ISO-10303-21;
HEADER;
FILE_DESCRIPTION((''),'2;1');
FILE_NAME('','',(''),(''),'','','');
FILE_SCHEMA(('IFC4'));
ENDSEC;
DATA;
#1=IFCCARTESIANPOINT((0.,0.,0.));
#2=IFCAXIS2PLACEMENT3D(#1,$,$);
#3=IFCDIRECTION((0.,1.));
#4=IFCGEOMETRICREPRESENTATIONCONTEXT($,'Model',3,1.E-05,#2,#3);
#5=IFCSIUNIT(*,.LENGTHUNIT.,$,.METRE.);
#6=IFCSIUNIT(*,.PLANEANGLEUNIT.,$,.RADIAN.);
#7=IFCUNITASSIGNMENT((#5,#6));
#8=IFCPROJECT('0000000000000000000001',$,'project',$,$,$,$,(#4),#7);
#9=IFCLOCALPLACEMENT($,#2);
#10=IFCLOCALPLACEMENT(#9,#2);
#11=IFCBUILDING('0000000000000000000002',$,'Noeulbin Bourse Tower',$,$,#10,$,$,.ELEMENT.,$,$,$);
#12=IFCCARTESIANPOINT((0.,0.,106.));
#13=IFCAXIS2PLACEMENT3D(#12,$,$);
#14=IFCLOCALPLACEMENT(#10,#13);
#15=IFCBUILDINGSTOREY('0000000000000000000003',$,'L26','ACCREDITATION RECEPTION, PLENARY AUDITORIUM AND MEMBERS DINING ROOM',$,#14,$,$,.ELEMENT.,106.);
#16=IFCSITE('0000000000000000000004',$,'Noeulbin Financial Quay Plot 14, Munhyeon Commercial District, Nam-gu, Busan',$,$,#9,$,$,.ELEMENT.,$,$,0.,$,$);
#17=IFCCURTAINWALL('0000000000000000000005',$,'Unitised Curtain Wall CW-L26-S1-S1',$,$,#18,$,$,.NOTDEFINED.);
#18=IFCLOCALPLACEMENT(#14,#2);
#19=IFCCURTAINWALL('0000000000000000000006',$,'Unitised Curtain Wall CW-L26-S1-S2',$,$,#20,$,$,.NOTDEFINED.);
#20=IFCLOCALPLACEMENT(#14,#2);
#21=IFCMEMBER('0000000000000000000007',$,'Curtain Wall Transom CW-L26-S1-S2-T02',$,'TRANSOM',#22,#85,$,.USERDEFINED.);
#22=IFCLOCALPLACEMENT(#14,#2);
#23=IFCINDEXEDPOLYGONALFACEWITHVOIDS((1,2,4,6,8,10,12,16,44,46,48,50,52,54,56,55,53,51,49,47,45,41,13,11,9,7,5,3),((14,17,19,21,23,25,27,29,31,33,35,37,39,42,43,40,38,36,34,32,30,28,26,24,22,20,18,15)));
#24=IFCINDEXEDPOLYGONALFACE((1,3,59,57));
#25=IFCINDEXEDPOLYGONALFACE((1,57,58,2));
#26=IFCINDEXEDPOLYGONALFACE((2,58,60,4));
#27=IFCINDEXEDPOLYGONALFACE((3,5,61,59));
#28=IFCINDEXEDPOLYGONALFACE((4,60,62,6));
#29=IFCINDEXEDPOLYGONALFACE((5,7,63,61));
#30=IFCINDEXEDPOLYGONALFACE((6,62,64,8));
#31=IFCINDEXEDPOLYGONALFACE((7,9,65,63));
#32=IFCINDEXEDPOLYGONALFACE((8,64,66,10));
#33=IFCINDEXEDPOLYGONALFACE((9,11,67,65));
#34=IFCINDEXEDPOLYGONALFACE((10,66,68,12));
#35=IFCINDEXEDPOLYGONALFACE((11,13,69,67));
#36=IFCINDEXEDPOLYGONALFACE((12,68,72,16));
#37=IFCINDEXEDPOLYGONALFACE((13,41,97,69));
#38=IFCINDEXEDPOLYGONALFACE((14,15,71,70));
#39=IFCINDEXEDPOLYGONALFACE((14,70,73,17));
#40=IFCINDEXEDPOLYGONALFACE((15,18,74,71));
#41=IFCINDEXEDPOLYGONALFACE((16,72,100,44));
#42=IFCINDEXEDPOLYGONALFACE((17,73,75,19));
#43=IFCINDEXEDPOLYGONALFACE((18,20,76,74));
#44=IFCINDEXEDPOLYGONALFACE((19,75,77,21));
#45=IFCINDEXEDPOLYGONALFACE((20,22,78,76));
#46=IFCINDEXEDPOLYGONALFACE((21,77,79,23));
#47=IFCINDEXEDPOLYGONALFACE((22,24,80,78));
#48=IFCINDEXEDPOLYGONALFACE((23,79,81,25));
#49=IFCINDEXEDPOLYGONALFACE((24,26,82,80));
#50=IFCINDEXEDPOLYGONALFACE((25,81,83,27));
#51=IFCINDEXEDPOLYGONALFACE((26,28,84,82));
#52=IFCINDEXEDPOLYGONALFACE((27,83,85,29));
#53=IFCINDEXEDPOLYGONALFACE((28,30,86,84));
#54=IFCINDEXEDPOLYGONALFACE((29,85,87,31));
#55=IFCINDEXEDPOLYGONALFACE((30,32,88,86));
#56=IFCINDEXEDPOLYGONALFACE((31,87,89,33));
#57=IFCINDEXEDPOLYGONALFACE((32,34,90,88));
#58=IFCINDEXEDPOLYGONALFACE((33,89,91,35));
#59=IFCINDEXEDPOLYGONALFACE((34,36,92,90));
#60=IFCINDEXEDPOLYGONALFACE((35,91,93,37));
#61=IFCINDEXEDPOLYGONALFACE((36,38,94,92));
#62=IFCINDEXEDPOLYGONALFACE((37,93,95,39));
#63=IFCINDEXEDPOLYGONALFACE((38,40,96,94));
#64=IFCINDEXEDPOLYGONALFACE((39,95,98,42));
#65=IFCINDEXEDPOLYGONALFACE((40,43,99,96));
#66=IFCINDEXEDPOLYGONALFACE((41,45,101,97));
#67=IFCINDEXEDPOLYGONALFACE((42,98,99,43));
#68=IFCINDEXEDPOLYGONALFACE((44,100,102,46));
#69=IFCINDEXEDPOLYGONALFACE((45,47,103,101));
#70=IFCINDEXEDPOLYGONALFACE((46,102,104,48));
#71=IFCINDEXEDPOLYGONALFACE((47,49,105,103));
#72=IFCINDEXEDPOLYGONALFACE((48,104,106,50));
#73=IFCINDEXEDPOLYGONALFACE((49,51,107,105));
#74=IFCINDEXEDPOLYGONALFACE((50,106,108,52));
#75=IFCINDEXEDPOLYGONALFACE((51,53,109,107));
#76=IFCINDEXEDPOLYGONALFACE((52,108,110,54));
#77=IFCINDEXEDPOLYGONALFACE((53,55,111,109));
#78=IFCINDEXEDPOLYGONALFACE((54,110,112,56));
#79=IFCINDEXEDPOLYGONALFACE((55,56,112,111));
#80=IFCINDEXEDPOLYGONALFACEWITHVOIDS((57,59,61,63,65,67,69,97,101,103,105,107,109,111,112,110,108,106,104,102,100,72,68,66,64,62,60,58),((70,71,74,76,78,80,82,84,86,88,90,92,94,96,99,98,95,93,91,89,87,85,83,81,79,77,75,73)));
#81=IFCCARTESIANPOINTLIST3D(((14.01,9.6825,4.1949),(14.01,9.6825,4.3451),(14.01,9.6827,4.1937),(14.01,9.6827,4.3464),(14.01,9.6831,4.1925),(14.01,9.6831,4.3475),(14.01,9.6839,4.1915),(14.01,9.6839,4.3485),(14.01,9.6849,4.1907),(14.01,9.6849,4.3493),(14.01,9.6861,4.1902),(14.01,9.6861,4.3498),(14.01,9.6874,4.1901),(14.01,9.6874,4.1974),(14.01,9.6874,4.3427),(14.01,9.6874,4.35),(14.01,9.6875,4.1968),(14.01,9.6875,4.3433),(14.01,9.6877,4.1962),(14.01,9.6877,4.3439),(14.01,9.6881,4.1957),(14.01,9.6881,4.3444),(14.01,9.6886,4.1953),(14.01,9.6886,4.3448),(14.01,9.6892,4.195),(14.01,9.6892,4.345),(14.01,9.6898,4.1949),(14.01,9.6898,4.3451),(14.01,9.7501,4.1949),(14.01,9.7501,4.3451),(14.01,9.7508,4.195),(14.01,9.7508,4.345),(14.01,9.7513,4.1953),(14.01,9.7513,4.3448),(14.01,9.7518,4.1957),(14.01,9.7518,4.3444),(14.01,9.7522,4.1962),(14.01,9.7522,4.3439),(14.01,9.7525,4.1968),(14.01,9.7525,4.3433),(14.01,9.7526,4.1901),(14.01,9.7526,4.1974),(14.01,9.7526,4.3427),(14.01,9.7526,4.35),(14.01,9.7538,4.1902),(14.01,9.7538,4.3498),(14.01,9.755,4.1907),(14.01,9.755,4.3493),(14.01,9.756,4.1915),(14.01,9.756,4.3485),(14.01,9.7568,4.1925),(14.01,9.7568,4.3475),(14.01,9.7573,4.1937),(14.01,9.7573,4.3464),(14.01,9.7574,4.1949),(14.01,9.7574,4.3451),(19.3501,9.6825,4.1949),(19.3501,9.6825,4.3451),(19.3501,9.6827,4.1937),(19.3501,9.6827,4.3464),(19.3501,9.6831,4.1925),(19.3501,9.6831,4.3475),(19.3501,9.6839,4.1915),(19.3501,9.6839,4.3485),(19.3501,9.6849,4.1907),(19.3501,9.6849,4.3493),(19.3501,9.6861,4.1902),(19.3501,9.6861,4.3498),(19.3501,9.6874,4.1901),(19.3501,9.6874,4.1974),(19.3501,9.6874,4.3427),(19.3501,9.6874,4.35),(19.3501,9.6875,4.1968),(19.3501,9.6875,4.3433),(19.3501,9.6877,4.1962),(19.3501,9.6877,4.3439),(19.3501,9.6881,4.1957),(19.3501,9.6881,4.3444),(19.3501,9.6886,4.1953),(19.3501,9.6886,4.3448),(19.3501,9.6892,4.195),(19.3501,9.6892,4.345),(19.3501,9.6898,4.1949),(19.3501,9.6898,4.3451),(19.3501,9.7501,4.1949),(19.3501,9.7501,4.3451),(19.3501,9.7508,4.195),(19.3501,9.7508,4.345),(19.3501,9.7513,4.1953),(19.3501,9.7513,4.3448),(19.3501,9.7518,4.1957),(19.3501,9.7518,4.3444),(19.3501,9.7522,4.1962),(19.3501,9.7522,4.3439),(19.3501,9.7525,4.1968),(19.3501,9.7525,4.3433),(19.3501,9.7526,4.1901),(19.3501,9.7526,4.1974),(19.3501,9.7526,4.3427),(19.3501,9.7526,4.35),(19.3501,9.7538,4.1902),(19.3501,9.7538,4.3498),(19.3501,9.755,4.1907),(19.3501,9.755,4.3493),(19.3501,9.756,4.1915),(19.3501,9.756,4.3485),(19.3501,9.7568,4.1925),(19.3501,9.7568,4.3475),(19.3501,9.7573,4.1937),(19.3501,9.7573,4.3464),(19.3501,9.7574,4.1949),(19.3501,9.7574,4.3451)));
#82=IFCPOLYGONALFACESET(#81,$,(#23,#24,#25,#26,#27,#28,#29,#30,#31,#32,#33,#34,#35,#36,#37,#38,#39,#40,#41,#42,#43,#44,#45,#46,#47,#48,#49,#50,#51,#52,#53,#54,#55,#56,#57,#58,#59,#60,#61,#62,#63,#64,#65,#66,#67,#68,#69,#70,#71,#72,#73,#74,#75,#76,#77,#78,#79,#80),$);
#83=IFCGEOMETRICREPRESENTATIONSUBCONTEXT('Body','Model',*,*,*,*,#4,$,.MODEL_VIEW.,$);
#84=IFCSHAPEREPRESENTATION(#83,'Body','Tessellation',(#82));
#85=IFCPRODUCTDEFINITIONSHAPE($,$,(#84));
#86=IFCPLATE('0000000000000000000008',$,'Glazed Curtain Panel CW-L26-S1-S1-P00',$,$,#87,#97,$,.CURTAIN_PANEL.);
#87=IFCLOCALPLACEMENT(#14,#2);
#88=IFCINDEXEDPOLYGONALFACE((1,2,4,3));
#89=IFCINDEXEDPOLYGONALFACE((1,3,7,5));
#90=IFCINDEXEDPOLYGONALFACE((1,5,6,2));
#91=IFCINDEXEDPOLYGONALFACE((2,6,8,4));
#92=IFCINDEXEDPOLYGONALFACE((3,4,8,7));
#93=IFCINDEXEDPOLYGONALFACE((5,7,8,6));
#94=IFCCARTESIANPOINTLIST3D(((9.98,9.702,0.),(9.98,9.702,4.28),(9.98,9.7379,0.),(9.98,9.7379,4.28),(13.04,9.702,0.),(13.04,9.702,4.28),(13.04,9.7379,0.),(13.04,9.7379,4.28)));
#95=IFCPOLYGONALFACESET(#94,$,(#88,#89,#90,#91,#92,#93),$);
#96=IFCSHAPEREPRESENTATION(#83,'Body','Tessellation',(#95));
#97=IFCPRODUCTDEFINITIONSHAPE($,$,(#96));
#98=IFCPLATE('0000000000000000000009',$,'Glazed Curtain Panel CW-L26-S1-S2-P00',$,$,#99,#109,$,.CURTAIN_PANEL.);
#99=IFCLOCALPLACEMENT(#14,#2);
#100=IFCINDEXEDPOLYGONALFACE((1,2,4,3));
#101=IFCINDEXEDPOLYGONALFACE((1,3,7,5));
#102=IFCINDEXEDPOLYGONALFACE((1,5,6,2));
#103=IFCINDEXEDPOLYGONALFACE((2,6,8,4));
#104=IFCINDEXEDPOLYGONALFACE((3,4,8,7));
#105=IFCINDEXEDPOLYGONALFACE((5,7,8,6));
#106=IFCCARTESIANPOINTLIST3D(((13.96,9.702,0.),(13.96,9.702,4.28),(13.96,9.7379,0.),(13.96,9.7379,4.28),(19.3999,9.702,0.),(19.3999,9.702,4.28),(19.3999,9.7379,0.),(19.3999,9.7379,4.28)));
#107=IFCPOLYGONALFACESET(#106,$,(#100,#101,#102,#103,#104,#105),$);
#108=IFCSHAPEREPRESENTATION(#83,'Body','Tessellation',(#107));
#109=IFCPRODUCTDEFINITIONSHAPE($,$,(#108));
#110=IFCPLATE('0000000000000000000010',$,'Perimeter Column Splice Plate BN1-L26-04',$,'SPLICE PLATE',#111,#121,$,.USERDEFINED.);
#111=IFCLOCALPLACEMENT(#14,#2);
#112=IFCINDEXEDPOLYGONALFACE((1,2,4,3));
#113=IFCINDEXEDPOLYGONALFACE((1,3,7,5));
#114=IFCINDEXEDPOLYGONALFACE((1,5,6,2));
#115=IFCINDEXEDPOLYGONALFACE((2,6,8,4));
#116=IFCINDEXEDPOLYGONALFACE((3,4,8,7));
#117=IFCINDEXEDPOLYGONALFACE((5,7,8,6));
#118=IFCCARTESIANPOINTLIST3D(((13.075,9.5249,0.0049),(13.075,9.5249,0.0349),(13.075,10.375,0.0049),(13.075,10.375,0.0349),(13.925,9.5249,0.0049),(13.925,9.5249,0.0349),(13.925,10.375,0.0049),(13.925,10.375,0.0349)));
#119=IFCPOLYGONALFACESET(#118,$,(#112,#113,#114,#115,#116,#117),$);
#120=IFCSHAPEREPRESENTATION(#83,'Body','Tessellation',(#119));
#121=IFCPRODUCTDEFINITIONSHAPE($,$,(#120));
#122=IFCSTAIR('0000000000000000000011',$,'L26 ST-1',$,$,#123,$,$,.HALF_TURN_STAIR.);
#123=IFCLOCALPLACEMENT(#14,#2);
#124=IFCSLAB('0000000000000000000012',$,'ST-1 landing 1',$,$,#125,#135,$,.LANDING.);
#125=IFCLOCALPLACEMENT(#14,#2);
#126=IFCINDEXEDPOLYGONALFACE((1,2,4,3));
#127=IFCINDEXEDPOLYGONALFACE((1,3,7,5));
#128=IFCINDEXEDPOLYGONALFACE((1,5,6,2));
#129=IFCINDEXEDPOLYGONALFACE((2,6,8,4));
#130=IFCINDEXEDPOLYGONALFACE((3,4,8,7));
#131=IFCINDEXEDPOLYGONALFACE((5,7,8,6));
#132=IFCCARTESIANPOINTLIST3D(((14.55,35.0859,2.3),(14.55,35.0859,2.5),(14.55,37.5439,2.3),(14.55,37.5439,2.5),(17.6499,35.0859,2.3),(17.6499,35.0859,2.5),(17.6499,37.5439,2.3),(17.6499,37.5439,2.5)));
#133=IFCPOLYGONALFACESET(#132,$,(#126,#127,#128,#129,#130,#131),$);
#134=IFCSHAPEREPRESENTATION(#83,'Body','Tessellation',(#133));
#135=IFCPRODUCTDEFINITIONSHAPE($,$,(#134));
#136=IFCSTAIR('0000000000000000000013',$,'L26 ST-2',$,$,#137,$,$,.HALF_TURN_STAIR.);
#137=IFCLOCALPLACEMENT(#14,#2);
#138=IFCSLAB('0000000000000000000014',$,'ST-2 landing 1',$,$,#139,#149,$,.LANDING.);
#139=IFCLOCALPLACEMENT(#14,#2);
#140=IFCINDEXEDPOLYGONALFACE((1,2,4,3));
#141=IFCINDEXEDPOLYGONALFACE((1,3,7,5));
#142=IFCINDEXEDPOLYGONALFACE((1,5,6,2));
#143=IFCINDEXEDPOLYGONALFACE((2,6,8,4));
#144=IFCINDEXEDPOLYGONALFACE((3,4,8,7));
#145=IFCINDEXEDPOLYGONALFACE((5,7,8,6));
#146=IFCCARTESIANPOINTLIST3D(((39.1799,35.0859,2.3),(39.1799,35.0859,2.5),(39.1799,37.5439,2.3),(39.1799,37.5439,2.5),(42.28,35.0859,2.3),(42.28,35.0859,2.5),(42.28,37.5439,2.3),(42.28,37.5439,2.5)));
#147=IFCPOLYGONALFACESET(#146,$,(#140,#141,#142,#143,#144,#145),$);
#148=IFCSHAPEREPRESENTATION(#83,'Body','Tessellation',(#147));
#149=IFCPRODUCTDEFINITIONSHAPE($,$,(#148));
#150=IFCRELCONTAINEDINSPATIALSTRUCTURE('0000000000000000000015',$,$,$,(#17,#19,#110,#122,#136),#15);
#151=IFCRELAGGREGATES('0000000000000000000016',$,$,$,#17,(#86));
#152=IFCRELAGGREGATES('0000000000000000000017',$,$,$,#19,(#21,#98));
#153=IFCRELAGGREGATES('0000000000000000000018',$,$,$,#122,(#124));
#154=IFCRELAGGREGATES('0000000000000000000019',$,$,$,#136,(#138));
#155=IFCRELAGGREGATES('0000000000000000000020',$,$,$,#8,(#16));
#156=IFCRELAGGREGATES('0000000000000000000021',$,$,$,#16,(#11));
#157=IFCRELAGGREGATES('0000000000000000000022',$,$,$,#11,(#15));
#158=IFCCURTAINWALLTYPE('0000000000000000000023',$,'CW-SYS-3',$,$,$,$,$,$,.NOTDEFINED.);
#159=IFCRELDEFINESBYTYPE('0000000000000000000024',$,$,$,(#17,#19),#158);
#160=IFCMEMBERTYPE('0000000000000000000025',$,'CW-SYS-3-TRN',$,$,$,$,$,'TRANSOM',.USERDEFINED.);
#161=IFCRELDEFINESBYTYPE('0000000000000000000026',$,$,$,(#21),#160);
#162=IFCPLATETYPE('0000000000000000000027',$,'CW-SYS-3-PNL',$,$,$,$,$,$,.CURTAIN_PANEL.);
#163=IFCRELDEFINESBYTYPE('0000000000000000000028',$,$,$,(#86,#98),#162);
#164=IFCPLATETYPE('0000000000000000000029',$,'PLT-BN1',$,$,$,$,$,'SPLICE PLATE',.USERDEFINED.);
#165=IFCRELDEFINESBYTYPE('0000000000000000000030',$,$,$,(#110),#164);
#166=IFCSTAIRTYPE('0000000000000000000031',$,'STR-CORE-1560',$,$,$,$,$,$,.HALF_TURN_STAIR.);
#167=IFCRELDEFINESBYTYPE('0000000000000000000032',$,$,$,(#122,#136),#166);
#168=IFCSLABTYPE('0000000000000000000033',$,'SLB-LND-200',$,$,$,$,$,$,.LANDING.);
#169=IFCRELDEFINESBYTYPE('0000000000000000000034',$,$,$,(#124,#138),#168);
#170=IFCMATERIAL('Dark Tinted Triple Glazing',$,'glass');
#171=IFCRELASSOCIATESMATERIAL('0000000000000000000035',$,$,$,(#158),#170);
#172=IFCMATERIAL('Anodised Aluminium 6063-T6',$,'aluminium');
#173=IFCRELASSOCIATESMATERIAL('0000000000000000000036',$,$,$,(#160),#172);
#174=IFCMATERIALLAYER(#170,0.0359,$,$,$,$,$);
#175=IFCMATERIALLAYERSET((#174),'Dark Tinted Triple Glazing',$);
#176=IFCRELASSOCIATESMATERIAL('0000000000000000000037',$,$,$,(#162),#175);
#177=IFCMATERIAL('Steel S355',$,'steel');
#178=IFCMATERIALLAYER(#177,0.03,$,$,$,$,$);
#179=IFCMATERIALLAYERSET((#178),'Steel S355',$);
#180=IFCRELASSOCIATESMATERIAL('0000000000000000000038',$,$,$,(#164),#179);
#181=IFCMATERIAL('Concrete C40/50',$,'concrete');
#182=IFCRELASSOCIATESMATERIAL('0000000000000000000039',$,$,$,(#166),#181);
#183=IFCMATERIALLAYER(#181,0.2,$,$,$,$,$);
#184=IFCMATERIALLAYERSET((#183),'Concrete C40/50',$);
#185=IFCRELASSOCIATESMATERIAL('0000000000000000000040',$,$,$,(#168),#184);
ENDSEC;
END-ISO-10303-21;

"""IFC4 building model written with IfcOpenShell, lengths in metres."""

from ifc_helpers import new_model, si_unit, direction, frame, origin, origin_2d, place, context, subcontext, project, spatial, polyline, rectangle, hollow_rectangle, outline, extrude, material, layer, layer_set, material_profile, profile_set, type_object, element, aggregate, save


model = new_model("IFC4")

# Units and contexts
model_context = context("Model", 3, precision=1e-05, world=origin(), true_north=direction((0.0, 1.0)))
body_context = subcontext(model_context, "Body", "Model", "MODEL_VIEW")
ifc_project = project(units=[si_unit("LENGTHUNIT", "METRE"), si_unit("PLANEANGLEUNIT", "RADIAN")], contexts=[model_context])

# Site, building, storey
site_placement = place(None, origin())
site = spatial("IfcSite", under=ifc_project, at=site_placement, Name="Noeulbin Financial Quay Plot 14, Munhyeon Commercial District, Nam-gu, Busan", CompositionType="ELEMENT", RefElevation=0.0)
building_placement = place(site_placement, origin())
building = spatial("IfcBuilding", under=site, at=building_placement, Name="Noeulbin Bourse Tower", CompositionType="ELEMENT")
storey_placement = place(building_placement, frame((0.0, 0.0, 106.0)))
storey = spatial("IfcBuildingStorey", under=building, at=storey_placement, Name="L26", Description="ACCREDITATION RECEPTION, PLENARY AUDITORIUM AND MEMBERS DINING ROOM", CompositionType="ELEMENT", Elevation=106.0)

# Shared definitions
ifc_material_1 = material(Name="Steel S355", Category="steel")

# Curtain wall
ifc_material_2 = material(Name="Dark Tinted Triple Glazing", Category="glass")
curtain_wall_type = type_object("IfcCurtainWallType", Name="CW-SYS-3", PredefinedType="NOTDEFINED", material=ifc_material_2)
curtain_wall_1_placement = place(storey_placement, origin())
curtain_wall_1 = element("IfcCurtainWall", 1, at=curtain_wall_1_placement, inside=storey, type_object=curtain_wall_type, Name="Unitised Curtain Wall CW-L26-S1-S1", PredefinedType="NOTDEFINED")
ifc_material_3 = material(Name="Anodised Aluminium 6063-T6", Category="aluminium")

# Curtain wall
curtain_wall_2_placement = place(storey_placement, origin())
curtain_wall_2 = element("IfcCurtainWall", 2, at=curtain_wall_2_placement, inside=storey, type_object=curtain_wall_type, Name="Unitised Curtain Wall CW-L26-S1-S2", PredefinedType="NOTDEFINED")

# Member
ifc_material_profile_1 = material_profile(ifc_material_3, hollow_rectangle(XDim=0.075, YDim=0.1599, WallThickness=0.0049, InnerFilletRadius=0.0024, OuterFilletRadius=0.0049, at=origin_2d()), Name="ALU-TRAN-75x160x5", Category="LoadBearing")
ifc_profile_set_1 = profile_set([ifc_material_profile_1], Name="Anodised Aluminium 6063-T6")
member_type_1 = type_object("IfcMemberType", Name="CW-SYS-3-TRN", ElementType="TRANSOM", PredefinedType="USERDEFINED", material=ifc_profile_set_1)
member_1_placement = place(storey_placement, frame((14.01, 9.72, 4.27), z_axis=(1.0, 0.0, 0.0), x_axis=(0.0, 1.0, 0.0)))
member_1 = element("IfcMember", 3, at=member_1_placement, type_object=member_type_1, Name="Curtain Wall Transom CW-L26-S1-S2-T02", ObjectType="TRANSOM", PredefinedType="USERDEFINED", context=body_context, shape_type="SweptSolid", body=[
    extrude(hollow_rectangle(XDim=0.075, YDim=0.1599, WallThickness=0.0049, InnerFilletRadius=0.0024, OuterFilletRadius=0.0049, at=origin_2d()), origin(), (0.0, 0.0, 1.0), 5.3401),
])

# Plates
ifc_layer_1 = layer(ifc_material_2, 0.0359)
ifc_layer_set_1 = layer_set([ifc_layer_1], Name="Dark Tinted Triple Glazing")
plate_type_1 = type_object("IfcPlateType", Name="CW-SYS-3-PNL", PredefinedType="CURTAIN_PANEL", material=ifc_layer_set_1)
plate_1_placement = place(storey_placement, frame((11.51, 9.72, 0.0), z_axis=(0.0, 0.0, 1.0), x_axis=(1.0, 0.0, 0.0)))
plate_1 = element("IfcPlate", 4, at=plate_1_placement, type_object=plate_type_1, Name="Glazed Curtain Panel CW-L26-S1-S1-P00", PredefinedType="CURTAIN_PANEL", context=body_context, shape_type="SweptSolid", body=[
    extrude(rectangle(XDim=3.0601, YDim=0.0359, at=origin_2d()), origin(), (0.0, 0.0, 1.0), 4.28),
])
aggregate(curtain_wall_1, [plate_1])
plate_2_placement = place(storey_placement, frame((16.6799, 9.72, 0.0), z_axis=(0.0, 0.0, 1.0), x_axis=(1.0, 0.0, 0.0)))
plate_2 = element("IfcPlate", 5, at=plate_2_placement, type_object=plate_type_1, Name="Glazed Curtain Panel CW-L26-S1-S2-P00", PredefinedType="CURTAIN_PANEL", context=body_context, shape_type="SweptSolid", body=[
    extrude(rectangle(XDim=5.4399, YDim=0.0359, at=origin_2d()), origin(), (0.0, 0.0, 1.0), 4.28),
])
aggregate(curtain_wall_2, [member_1, plate_2])
ifc_layer_2 = layer(ifc_material_1, 0.03)
ifc_layer_set_2 = layer_set([ifc_layer_2], Name="Steel S355")
plate_type_2 = type_object("IfcPlateType", Name="PLT-BN1", ElementType="SPLICE PLATE", PredefinedType="USERDEFINED", material=ifc_layer_set_2)
plate_3_placement = place(storey_placement, frame((13.5, 9.95, 0.0049), z_axis=(0.0, 0.0, 1.0), x_axis=(1.0, 0.0, 0.0)))
element("IfcPlate", 6, at=plate_3_placement, inside=storey, type_object=plate_type_2, Name="Perimeter Column Splice Plate BN1-L26-04", ObjectType="SPLICE PLATE", PredefinedType="USERDEFINED", context=body_context, shape_type="SweptSolid", body=[
    extrude(rectangle(XDim=0.8501, YDim=0.8501, at=origin_2d()), origin(), (0.0, 0.0, 1.0), 0.03),
])

# Stairs, slabs
ifc_material_4 = material(Name="Concrete C40/50", Category="concrete")
stair_type = type_object("IfcStairType", Name="STR-CORE-1560", PredefinedType="HALF_TURN_STAIR", material=ifc_material_4)
stair_1_placement = place(storey_placement, origin())
stair_1 = element("IfcStair", 7, at=stair_1_placement, inside=storey, type_object=stair_type, Name="L26 ST-1", PredefinedType="HALF_TURN_STAIR")
ifc_layer_3 = layer(ifc_material_4, 0.2)
ifc_layer_set_3 = layer_set([ifc_layer_3], Name="Concrete C40/50")
slab_type_1 = type_object("IfcSlabType", Name="SLB-LND-200", PredefinedType="LANDING", material=ifc_layer_set_3)
slab_1_placement = place(storey_placement, frame((0.0, 0.0, 2.3)))
slab_1 = element("IfcSlab", 8, at=slab_1_placement, type_object=slab_type_1, Name="ST-1 landing 1", PredefinedType="LANDING", context=body_context, shape_type="SweptSolid", body=[
    extrude(outline(polyline([(17.6499, 35.0859), (17.6499, 37.5439), (14.55, 37.5439), (14.55, 35.0859), (17.6499, 35.0859)])), origin(), (0.0, 0.0, 1.0), 0.2),
])
aggregate(stair_1, [slab_1])
stair_2_placement = place(storey_placement, origin())
stair_2 = element("IfcStair", 9, at=stair_2_placement, inside=storey, type_object=stair_type, Name="L26 ST-2", PredefinedType="HALF_TURN_STAIR")
slab_2_placement = place(storey_placement, frame((0.0, 0.0, 2.3)))
slab_2 = element("IfcSlab", 10, at=slab_2_placement, type_object=slab_type_1, Name="ST-2 landing 1", PredefinedType="LANDING", context=body_context, shape_type="SweptSolid", body=[
    extrude(outline(polyline([(42.28, 35.0859), (42.28, 37.5439), (39.1799, 37.5439), (39.1799, 35.0859), (42.28, 35.0859)])), origin(), (0.0, 0.0, 1.0), 0.2),
])
aggregate(stair_2, [slab_2])

save(model, "model.ifc")
